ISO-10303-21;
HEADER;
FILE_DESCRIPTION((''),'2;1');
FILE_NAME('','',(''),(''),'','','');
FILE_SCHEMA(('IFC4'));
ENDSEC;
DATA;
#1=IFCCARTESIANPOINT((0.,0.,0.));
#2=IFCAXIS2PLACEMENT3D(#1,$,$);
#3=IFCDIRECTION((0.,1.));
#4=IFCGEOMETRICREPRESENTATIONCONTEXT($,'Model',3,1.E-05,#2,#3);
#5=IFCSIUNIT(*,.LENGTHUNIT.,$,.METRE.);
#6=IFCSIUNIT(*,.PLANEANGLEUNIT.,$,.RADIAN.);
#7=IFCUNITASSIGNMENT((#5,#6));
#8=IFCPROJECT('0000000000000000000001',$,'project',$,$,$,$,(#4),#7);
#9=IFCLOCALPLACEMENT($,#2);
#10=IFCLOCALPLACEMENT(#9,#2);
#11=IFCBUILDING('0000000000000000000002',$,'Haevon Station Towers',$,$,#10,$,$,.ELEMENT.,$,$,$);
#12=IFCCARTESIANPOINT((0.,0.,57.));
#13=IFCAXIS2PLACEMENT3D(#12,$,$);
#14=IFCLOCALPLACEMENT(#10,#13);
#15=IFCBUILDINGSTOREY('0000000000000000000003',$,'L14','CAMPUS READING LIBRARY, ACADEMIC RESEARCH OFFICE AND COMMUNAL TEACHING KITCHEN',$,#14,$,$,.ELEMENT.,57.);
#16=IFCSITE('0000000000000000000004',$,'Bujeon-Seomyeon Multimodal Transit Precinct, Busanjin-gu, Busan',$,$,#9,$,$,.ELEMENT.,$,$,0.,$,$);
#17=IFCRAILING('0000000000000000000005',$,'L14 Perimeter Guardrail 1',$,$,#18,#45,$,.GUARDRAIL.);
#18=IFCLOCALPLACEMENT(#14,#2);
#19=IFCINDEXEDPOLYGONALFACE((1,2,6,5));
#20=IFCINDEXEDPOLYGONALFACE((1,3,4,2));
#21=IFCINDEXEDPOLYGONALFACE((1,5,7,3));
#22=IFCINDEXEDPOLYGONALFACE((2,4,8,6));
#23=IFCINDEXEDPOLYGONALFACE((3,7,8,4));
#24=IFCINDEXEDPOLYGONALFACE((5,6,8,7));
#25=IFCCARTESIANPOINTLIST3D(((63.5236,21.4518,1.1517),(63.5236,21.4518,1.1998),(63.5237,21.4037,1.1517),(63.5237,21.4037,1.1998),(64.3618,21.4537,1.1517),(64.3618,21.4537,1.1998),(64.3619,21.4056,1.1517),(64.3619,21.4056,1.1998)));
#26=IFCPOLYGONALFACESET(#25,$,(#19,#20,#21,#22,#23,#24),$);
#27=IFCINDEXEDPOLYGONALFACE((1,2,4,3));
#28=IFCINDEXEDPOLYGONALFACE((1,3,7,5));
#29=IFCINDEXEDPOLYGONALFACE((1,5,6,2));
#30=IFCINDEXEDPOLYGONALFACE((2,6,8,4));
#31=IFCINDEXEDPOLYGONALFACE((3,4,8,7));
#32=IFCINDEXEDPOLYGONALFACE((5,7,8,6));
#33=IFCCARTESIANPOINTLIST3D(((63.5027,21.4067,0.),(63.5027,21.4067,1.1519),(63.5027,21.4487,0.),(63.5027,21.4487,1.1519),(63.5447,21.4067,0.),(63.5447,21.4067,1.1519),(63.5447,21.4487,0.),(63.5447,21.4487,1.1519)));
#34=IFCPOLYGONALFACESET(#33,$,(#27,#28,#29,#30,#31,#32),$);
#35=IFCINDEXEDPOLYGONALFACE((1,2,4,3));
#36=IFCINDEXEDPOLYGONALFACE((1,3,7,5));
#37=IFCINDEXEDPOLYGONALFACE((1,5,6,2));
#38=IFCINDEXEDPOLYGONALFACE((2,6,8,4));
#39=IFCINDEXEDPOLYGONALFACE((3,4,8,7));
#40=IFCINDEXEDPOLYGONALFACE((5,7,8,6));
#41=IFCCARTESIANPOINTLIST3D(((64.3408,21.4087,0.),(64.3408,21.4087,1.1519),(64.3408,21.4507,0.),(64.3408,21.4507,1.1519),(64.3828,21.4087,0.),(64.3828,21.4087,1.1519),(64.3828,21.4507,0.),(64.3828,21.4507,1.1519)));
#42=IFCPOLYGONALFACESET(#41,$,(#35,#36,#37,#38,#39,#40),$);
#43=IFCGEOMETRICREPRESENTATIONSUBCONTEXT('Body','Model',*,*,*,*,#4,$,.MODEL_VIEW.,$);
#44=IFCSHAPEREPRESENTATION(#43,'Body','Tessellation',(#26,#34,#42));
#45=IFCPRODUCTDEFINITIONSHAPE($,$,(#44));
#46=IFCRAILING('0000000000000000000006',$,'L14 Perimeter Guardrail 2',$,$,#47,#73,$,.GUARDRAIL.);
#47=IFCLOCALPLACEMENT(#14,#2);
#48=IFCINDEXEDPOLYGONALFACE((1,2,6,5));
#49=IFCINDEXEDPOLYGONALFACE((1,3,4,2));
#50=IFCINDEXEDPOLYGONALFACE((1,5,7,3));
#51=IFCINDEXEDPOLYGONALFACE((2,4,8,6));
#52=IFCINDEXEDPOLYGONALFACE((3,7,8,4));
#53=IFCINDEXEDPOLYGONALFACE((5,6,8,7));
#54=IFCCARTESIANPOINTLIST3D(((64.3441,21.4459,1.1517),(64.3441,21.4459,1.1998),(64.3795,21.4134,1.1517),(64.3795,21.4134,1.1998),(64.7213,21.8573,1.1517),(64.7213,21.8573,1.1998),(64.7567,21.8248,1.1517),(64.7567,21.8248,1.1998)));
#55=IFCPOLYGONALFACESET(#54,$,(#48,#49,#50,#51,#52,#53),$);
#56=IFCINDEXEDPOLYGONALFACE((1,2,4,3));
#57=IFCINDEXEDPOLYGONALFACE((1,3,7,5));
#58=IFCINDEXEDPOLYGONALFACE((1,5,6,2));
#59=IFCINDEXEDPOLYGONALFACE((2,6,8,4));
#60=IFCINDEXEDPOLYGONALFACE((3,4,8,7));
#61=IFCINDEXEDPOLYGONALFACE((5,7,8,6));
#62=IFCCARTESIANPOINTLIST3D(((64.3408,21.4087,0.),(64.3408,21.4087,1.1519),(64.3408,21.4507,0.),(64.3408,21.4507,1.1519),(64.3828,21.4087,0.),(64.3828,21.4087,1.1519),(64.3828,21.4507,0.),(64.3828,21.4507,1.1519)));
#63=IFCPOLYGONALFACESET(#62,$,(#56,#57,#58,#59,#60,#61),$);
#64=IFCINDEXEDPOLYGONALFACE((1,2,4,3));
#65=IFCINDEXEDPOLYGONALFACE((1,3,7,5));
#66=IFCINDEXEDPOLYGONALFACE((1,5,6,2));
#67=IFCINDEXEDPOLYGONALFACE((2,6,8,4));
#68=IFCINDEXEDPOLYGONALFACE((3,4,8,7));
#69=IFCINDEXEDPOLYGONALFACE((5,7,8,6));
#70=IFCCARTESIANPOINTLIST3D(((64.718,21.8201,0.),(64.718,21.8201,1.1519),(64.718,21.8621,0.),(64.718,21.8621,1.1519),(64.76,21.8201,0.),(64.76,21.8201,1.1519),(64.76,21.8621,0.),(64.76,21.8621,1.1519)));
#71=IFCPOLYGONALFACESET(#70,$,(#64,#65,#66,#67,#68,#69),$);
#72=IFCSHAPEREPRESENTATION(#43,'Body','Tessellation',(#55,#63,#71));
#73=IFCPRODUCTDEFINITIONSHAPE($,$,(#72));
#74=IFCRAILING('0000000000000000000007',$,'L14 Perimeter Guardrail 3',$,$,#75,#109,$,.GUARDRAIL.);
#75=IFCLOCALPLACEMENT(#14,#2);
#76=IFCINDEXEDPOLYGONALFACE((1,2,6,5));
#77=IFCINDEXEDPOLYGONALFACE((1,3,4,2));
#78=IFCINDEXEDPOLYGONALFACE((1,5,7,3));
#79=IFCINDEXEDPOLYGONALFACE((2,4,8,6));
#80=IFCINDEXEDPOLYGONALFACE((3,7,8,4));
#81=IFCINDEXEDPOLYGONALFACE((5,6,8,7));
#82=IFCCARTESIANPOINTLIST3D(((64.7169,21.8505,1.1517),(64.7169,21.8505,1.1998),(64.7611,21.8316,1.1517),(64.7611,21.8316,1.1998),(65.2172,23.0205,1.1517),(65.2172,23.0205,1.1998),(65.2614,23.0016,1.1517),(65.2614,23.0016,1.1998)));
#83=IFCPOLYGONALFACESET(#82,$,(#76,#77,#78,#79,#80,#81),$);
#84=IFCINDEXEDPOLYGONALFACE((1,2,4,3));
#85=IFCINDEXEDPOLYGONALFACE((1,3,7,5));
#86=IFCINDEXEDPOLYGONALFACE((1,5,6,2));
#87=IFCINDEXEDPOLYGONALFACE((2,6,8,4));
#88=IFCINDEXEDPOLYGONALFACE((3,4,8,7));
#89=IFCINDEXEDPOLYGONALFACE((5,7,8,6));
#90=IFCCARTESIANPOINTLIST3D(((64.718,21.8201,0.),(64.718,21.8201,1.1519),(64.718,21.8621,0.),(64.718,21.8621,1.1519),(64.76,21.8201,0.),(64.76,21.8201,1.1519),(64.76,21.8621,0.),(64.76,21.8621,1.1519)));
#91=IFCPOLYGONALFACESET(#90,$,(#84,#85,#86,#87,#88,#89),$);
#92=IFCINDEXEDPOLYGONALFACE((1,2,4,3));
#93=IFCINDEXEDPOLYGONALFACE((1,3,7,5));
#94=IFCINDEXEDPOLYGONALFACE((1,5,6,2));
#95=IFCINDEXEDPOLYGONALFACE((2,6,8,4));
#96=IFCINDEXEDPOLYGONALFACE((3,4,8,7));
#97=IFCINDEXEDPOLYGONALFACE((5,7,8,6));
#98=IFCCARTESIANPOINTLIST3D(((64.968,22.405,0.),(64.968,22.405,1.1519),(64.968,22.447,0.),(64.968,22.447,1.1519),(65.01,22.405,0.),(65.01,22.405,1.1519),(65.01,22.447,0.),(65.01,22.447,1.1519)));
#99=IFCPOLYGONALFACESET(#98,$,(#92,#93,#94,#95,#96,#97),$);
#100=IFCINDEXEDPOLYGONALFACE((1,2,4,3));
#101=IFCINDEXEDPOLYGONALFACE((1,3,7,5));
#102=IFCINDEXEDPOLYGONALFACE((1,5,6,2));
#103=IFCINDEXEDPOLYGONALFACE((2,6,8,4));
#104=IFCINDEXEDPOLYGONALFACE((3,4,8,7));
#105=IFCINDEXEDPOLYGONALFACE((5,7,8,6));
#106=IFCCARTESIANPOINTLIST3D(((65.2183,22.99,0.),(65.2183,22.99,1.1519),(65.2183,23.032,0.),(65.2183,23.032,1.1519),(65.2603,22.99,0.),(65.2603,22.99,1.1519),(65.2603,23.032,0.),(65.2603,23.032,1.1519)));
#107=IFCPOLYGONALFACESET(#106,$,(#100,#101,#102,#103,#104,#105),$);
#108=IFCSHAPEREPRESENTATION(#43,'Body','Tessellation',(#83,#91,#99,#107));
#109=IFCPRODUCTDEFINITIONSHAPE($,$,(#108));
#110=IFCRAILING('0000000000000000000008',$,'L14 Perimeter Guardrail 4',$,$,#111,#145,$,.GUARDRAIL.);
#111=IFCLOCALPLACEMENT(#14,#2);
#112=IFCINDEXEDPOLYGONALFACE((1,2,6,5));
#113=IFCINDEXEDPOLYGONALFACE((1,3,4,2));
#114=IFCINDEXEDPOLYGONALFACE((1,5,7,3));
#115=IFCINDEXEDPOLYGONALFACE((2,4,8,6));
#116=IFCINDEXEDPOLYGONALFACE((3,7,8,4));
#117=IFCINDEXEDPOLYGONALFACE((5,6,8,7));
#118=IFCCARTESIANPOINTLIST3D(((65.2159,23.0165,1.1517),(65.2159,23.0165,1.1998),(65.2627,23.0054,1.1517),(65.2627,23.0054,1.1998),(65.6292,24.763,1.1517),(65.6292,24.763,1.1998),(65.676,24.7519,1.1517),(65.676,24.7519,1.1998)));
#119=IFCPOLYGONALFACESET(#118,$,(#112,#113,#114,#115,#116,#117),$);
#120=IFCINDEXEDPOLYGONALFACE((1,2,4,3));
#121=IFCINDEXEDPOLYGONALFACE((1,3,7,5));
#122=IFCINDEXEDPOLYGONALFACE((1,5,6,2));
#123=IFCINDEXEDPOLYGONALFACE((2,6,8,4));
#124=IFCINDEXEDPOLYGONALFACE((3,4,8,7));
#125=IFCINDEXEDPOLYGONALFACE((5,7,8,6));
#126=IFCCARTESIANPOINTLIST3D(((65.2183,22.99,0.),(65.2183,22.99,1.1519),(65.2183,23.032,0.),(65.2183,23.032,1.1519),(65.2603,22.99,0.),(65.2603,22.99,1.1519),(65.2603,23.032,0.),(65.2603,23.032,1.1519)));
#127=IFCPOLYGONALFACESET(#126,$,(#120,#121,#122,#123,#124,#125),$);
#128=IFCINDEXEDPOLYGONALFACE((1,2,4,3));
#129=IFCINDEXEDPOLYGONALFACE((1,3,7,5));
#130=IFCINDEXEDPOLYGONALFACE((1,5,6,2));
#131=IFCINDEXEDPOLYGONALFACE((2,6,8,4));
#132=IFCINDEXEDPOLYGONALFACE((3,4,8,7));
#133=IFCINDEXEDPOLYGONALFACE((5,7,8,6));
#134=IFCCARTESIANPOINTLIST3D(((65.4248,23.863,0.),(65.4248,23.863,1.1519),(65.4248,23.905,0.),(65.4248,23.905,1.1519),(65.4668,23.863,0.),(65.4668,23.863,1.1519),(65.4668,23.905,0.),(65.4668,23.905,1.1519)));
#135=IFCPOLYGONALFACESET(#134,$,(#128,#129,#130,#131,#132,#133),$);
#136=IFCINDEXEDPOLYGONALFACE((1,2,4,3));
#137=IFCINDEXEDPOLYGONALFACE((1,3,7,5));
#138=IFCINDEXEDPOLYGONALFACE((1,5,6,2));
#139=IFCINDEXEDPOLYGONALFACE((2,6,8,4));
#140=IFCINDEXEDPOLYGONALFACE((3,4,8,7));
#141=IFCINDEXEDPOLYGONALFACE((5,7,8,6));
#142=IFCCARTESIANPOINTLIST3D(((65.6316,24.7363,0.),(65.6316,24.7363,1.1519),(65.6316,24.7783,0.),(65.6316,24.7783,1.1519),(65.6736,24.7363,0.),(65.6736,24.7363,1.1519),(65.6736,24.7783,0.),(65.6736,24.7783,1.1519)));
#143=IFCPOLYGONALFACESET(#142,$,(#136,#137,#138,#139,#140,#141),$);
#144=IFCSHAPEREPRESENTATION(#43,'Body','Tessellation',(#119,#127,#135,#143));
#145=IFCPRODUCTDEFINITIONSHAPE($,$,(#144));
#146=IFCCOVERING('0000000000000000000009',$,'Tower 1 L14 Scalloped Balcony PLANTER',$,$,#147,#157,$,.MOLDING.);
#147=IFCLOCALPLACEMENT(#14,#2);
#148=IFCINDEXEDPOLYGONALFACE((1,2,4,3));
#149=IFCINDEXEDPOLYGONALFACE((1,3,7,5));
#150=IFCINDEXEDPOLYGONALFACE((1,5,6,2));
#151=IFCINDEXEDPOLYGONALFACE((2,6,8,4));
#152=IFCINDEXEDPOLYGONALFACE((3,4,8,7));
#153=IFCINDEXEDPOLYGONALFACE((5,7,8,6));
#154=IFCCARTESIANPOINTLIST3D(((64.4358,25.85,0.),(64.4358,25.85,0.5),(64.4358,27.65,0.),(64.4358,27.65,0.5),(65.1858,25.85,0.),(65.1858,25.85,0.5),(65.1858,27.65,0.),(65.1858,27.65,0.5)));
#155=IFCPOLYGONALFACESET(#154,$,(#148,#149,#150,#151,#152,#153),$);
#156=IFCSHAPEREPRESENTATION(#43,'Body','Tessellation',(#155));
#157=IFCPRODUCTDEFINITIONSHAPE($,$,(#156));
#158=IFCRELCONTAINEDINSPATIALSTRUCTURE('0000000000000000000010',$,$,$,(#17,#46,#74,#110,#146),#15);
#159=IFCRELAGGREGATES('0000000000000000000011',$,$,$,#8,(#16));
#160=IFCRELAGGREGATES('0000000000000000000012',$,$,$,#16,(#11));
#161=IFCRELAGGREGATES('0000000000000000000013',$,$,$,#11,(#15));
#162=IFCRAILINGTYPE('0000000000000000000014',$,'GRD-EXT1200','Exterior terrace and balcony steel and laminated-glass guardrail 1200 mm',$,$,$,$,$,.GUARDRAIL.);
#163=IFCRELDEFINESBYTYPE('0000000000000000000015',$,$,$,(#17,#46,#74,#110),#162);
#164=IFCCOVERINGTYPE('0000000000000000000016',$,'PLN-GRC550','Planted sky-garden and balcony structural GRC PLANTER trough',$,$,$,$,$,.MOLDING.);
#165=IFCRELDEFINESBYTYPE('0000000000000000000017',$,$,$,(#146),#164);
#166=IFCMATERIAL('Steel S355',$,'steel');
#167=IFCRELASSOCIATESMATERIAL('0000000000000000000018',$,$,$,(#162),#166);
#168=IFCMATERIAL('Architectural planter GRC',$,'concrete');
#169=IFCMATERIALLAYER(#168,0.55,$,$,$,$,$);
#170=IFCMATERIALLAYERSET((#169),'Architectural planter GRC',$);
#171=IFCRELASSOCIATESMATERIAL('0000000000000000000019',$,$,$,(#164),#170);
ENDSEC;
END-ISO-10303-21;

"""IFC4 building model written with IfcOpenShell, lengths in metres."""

from ifc_helpers import new_model, si_unit, direction, frame, origin, origin_2d, place, context, subcontext, project, spatial, rectangle, extrude, material, layer, layer_set, type_object, element, save


model = new_model("IFC4")

# Units and contexts
model_context = context("Model", 3, precision=1e-05, world=origin(), true_north=direction((0.0, 1.0)))
body_context = subcontext(model_context, "Body", "Model", "MODEL_VIEW")
ifc_project = project(units=[si_unit("LENGTHUNIT", "METRE"), si_unit("PLANEANGLEUNIT", "RADIAN")], contexts=[model_context])

# Site, building, storey
site_placement = place(None, origin())
site = spatial("IfcSite", under=ifc_project, at=site_placement, Name="Bujeon-Seomyeon Multimodal Transit Precinct, Busanjin-gu, Busan", CompositionType="ELEMENT", RefElevation=0.0)
building_placement = place(site_placement, origin())
building = spatial("IfcBuilding", under=site, at=building_placement, Name="Haevon Station Towers", CompositionType="ELEMENT")
storey_placement = place(building_placement, frame((0.0, 0.0, 57.0)))
storey = spatial("IfcBuildingStorey", under=building, at=storey_placement, Name="L14", Description="CAMPUS READING LIBRARY, ACADEMIC RESEARCH OFFICE AND COMMUNAL TEACHING KITCHEN", CompositionType="ELEMENT", Elevation=57.0)

# Shared definitions
ifc_material_1 = material(Name="Steel S355", Category="steel")

# Railings
railing_type = type_object("IfcRailingType", Name="GRD-EXT1200", Description="Exterior terrace and balcony steel and laminated-glass guardrail 1200 mm", PredefinedType="GUARDRAIL", material=ifc_material_1)
railing_1_placement = place(storey_placement, frame((63.5237, 21.4277, 0.0)))
element("IfcRailing", 1, at=railing_1_placement, inside=storey, type_object=railing_type, Name="L14 Perimeter Guardrail 1", PredefinedType="GUARDRAIL", context=body_context, shape_type="SweptSolid", body=[
    extrude(rectangle(XDim=0.0481, YDim=0.0481, at=origin_2d()), frame((0.0, 0.0, 1.1758), z_axis=(0.999997, 0.00233, 0.0), x_axis=(-0.00233, 0.999997, 0.0)), (0.0, 0.0, 1.0), 0.8381),
    extrude(rectangle(XDim=0.042, YDim=0.042, at=origin_2d()), origin(), (0.0, 0.0, 1.0), 1.1519),
    extrude(rectangle(XDim=0.042, YDim=0.042, at=origin_2d()), frame((0.8381, 0.002, 0.0)), (0.0, 0.0, 1.0), 1.1519),
])
railing_2_placement = place(storey_placement, frame((64.3618, 21.4297, 0.0)))
element("IfcRailing", 2, at=railing_2_placement, inside=storey, type_object=railing_type, Name="L14 Perimeter Guardrail 2", PredefinedType="GUARDRAIL", context=body_context, shape_type="SweptSolid", body=[
    extrude(rectangle(XDim=0.0481, YDim=0.0481, at=origin_2d()), frame((0.0, 0.0, 1.1758), z_axis=(0.675824, 0.737063, 0.0), x_axis=(-0.737063, 0.675824, 0.0)), (0.0, 0.0, 1.0), 0.5581),
    extrude(rectangle(XDim=0.042, YDim=0.042, at=origin_2d()), origin(), (0.0, 0.0, 1.0), 1.1519),
    extrude(rectangle(XDim=0.042, YDim=0.042, at=origin_2d()), frame((0.3772, 0.4114, 0.0)), (0.0, 0.0, 1.0), 1.1519),
])
railing_3_placement = place(storey_placement, frame((64.739, 21.8411, 0.0)))
element("IfcRailing", 3, at=railing_3_placement, inside=storey, type_object=railing_type, Name="L14 Perimeter Guardrail 3", PredefinedType="GUARDRAIL", context=body_context, shape_type="SweptSolid", body=[
    extrude(rectangle(XDim=0.0481, YDim=0.0481, at=origin_2d()), frame((0.0, 0.0, 1.1758), z_axis=(0.393155, 0.919472, 0.0), x_axis=(-0.919472, 0.393155, 0.0)), (0.0, 0.0, 1.0), 1.2725),
    extrude(rectangle(XDim=0.042, YDim=0.042, at=origin_2d()), origin(), (0.0, 0.0, 1.0), 1.1519),
    extrude(rectangle(XDim=0.042, YDim=0.042, at=origin_2d()), frame((0.25, 0.585, 0.0)), (0.0, 0.0, 1.0), 1.1519),
    extrude(rectangle(XDim=0.042, YDim=0.042, at=origin_2d()), frame((0.5002, 1.1699, 0.0)), (0.0, 0.0, 1.0), 1.1519),
])
railing_4_placement = place(storey_placement, frame((65.2393, 23.011, 0.0)))
element("IfcRailing", 4, at=railing_4_placement, inside=storey, type_object=railing_type, Name="L14 Perimeter Guardrail 4", PredefinedType="GUARDRAIL", context=body_context, shape_type="SweptSolid", body=[
    extrude(rectangle(XDim=0.0481, YDim=0.0481, at=origin_2d()), frame((0.0, 0.0, 1.1758), z_axis=(0.230321, 0.973115, 0.0), x_axis=(-0.973115, 0.230321, 0.0)), (0.0, 0.0, 1.0), 1.7947),
    extrude(rectangle(XDim=0.042, YDim=0.042, at=origin_2d()), origin(), (0.0, 0.0, 1.0), 1.1519),
    extrude(rectangle(XDim=0.042, YDim=0.042, at=origin_2d()), frame((0.2065, 0.873, 0.0)), (0.0, 0.0, 1.0), 1.1519),
    extrude(rectangle(XDim=0.042, YDim=0.042, at=origin_2d()), frame((0.4133, 1.7463, 0.0)), (0.0, 0.0, 1.0), 1.1519),
])

# Covering
ifc_material_2 = material(Name="Architectural planter GRC", Category="concrete")
ifc_layer_1 = layer(ifc_material_2, 0.55)
ifc_layer_set_1 = layer_set([ifc_layer_1], Name="Architectural planter GRC")
covering_type = type_object("IfcCoveringType", Name="PLN-GRC550", Description="Planted sky-garden and balcony structural GRC PLANTER trough", PredefinedType="MOLDING", material=ifc_layer_set_1)
covering_placement = place(storey_placement, frame((64.8108, 26.75, 0.0), z_axis=(0.0, 0.0, 1.0), x_axis=(1.0, 0.0, 0.0)))
element("IfcCovering", 5, at=covering_placement, inside=storey, type_object=covering_type, Name="Tower 1 L14 Scalloped Balcony PLANTER", PredefinedType="MOLDING", context=body_context, shape_type="SweptSolid", body=[
    extrude(rectangle(XDim=0.75, YDim=1.8, at=origin_2d()), origin(), (0.0, 0.0, 1.0), 0.5),
])

save(model, "model.ifc")
